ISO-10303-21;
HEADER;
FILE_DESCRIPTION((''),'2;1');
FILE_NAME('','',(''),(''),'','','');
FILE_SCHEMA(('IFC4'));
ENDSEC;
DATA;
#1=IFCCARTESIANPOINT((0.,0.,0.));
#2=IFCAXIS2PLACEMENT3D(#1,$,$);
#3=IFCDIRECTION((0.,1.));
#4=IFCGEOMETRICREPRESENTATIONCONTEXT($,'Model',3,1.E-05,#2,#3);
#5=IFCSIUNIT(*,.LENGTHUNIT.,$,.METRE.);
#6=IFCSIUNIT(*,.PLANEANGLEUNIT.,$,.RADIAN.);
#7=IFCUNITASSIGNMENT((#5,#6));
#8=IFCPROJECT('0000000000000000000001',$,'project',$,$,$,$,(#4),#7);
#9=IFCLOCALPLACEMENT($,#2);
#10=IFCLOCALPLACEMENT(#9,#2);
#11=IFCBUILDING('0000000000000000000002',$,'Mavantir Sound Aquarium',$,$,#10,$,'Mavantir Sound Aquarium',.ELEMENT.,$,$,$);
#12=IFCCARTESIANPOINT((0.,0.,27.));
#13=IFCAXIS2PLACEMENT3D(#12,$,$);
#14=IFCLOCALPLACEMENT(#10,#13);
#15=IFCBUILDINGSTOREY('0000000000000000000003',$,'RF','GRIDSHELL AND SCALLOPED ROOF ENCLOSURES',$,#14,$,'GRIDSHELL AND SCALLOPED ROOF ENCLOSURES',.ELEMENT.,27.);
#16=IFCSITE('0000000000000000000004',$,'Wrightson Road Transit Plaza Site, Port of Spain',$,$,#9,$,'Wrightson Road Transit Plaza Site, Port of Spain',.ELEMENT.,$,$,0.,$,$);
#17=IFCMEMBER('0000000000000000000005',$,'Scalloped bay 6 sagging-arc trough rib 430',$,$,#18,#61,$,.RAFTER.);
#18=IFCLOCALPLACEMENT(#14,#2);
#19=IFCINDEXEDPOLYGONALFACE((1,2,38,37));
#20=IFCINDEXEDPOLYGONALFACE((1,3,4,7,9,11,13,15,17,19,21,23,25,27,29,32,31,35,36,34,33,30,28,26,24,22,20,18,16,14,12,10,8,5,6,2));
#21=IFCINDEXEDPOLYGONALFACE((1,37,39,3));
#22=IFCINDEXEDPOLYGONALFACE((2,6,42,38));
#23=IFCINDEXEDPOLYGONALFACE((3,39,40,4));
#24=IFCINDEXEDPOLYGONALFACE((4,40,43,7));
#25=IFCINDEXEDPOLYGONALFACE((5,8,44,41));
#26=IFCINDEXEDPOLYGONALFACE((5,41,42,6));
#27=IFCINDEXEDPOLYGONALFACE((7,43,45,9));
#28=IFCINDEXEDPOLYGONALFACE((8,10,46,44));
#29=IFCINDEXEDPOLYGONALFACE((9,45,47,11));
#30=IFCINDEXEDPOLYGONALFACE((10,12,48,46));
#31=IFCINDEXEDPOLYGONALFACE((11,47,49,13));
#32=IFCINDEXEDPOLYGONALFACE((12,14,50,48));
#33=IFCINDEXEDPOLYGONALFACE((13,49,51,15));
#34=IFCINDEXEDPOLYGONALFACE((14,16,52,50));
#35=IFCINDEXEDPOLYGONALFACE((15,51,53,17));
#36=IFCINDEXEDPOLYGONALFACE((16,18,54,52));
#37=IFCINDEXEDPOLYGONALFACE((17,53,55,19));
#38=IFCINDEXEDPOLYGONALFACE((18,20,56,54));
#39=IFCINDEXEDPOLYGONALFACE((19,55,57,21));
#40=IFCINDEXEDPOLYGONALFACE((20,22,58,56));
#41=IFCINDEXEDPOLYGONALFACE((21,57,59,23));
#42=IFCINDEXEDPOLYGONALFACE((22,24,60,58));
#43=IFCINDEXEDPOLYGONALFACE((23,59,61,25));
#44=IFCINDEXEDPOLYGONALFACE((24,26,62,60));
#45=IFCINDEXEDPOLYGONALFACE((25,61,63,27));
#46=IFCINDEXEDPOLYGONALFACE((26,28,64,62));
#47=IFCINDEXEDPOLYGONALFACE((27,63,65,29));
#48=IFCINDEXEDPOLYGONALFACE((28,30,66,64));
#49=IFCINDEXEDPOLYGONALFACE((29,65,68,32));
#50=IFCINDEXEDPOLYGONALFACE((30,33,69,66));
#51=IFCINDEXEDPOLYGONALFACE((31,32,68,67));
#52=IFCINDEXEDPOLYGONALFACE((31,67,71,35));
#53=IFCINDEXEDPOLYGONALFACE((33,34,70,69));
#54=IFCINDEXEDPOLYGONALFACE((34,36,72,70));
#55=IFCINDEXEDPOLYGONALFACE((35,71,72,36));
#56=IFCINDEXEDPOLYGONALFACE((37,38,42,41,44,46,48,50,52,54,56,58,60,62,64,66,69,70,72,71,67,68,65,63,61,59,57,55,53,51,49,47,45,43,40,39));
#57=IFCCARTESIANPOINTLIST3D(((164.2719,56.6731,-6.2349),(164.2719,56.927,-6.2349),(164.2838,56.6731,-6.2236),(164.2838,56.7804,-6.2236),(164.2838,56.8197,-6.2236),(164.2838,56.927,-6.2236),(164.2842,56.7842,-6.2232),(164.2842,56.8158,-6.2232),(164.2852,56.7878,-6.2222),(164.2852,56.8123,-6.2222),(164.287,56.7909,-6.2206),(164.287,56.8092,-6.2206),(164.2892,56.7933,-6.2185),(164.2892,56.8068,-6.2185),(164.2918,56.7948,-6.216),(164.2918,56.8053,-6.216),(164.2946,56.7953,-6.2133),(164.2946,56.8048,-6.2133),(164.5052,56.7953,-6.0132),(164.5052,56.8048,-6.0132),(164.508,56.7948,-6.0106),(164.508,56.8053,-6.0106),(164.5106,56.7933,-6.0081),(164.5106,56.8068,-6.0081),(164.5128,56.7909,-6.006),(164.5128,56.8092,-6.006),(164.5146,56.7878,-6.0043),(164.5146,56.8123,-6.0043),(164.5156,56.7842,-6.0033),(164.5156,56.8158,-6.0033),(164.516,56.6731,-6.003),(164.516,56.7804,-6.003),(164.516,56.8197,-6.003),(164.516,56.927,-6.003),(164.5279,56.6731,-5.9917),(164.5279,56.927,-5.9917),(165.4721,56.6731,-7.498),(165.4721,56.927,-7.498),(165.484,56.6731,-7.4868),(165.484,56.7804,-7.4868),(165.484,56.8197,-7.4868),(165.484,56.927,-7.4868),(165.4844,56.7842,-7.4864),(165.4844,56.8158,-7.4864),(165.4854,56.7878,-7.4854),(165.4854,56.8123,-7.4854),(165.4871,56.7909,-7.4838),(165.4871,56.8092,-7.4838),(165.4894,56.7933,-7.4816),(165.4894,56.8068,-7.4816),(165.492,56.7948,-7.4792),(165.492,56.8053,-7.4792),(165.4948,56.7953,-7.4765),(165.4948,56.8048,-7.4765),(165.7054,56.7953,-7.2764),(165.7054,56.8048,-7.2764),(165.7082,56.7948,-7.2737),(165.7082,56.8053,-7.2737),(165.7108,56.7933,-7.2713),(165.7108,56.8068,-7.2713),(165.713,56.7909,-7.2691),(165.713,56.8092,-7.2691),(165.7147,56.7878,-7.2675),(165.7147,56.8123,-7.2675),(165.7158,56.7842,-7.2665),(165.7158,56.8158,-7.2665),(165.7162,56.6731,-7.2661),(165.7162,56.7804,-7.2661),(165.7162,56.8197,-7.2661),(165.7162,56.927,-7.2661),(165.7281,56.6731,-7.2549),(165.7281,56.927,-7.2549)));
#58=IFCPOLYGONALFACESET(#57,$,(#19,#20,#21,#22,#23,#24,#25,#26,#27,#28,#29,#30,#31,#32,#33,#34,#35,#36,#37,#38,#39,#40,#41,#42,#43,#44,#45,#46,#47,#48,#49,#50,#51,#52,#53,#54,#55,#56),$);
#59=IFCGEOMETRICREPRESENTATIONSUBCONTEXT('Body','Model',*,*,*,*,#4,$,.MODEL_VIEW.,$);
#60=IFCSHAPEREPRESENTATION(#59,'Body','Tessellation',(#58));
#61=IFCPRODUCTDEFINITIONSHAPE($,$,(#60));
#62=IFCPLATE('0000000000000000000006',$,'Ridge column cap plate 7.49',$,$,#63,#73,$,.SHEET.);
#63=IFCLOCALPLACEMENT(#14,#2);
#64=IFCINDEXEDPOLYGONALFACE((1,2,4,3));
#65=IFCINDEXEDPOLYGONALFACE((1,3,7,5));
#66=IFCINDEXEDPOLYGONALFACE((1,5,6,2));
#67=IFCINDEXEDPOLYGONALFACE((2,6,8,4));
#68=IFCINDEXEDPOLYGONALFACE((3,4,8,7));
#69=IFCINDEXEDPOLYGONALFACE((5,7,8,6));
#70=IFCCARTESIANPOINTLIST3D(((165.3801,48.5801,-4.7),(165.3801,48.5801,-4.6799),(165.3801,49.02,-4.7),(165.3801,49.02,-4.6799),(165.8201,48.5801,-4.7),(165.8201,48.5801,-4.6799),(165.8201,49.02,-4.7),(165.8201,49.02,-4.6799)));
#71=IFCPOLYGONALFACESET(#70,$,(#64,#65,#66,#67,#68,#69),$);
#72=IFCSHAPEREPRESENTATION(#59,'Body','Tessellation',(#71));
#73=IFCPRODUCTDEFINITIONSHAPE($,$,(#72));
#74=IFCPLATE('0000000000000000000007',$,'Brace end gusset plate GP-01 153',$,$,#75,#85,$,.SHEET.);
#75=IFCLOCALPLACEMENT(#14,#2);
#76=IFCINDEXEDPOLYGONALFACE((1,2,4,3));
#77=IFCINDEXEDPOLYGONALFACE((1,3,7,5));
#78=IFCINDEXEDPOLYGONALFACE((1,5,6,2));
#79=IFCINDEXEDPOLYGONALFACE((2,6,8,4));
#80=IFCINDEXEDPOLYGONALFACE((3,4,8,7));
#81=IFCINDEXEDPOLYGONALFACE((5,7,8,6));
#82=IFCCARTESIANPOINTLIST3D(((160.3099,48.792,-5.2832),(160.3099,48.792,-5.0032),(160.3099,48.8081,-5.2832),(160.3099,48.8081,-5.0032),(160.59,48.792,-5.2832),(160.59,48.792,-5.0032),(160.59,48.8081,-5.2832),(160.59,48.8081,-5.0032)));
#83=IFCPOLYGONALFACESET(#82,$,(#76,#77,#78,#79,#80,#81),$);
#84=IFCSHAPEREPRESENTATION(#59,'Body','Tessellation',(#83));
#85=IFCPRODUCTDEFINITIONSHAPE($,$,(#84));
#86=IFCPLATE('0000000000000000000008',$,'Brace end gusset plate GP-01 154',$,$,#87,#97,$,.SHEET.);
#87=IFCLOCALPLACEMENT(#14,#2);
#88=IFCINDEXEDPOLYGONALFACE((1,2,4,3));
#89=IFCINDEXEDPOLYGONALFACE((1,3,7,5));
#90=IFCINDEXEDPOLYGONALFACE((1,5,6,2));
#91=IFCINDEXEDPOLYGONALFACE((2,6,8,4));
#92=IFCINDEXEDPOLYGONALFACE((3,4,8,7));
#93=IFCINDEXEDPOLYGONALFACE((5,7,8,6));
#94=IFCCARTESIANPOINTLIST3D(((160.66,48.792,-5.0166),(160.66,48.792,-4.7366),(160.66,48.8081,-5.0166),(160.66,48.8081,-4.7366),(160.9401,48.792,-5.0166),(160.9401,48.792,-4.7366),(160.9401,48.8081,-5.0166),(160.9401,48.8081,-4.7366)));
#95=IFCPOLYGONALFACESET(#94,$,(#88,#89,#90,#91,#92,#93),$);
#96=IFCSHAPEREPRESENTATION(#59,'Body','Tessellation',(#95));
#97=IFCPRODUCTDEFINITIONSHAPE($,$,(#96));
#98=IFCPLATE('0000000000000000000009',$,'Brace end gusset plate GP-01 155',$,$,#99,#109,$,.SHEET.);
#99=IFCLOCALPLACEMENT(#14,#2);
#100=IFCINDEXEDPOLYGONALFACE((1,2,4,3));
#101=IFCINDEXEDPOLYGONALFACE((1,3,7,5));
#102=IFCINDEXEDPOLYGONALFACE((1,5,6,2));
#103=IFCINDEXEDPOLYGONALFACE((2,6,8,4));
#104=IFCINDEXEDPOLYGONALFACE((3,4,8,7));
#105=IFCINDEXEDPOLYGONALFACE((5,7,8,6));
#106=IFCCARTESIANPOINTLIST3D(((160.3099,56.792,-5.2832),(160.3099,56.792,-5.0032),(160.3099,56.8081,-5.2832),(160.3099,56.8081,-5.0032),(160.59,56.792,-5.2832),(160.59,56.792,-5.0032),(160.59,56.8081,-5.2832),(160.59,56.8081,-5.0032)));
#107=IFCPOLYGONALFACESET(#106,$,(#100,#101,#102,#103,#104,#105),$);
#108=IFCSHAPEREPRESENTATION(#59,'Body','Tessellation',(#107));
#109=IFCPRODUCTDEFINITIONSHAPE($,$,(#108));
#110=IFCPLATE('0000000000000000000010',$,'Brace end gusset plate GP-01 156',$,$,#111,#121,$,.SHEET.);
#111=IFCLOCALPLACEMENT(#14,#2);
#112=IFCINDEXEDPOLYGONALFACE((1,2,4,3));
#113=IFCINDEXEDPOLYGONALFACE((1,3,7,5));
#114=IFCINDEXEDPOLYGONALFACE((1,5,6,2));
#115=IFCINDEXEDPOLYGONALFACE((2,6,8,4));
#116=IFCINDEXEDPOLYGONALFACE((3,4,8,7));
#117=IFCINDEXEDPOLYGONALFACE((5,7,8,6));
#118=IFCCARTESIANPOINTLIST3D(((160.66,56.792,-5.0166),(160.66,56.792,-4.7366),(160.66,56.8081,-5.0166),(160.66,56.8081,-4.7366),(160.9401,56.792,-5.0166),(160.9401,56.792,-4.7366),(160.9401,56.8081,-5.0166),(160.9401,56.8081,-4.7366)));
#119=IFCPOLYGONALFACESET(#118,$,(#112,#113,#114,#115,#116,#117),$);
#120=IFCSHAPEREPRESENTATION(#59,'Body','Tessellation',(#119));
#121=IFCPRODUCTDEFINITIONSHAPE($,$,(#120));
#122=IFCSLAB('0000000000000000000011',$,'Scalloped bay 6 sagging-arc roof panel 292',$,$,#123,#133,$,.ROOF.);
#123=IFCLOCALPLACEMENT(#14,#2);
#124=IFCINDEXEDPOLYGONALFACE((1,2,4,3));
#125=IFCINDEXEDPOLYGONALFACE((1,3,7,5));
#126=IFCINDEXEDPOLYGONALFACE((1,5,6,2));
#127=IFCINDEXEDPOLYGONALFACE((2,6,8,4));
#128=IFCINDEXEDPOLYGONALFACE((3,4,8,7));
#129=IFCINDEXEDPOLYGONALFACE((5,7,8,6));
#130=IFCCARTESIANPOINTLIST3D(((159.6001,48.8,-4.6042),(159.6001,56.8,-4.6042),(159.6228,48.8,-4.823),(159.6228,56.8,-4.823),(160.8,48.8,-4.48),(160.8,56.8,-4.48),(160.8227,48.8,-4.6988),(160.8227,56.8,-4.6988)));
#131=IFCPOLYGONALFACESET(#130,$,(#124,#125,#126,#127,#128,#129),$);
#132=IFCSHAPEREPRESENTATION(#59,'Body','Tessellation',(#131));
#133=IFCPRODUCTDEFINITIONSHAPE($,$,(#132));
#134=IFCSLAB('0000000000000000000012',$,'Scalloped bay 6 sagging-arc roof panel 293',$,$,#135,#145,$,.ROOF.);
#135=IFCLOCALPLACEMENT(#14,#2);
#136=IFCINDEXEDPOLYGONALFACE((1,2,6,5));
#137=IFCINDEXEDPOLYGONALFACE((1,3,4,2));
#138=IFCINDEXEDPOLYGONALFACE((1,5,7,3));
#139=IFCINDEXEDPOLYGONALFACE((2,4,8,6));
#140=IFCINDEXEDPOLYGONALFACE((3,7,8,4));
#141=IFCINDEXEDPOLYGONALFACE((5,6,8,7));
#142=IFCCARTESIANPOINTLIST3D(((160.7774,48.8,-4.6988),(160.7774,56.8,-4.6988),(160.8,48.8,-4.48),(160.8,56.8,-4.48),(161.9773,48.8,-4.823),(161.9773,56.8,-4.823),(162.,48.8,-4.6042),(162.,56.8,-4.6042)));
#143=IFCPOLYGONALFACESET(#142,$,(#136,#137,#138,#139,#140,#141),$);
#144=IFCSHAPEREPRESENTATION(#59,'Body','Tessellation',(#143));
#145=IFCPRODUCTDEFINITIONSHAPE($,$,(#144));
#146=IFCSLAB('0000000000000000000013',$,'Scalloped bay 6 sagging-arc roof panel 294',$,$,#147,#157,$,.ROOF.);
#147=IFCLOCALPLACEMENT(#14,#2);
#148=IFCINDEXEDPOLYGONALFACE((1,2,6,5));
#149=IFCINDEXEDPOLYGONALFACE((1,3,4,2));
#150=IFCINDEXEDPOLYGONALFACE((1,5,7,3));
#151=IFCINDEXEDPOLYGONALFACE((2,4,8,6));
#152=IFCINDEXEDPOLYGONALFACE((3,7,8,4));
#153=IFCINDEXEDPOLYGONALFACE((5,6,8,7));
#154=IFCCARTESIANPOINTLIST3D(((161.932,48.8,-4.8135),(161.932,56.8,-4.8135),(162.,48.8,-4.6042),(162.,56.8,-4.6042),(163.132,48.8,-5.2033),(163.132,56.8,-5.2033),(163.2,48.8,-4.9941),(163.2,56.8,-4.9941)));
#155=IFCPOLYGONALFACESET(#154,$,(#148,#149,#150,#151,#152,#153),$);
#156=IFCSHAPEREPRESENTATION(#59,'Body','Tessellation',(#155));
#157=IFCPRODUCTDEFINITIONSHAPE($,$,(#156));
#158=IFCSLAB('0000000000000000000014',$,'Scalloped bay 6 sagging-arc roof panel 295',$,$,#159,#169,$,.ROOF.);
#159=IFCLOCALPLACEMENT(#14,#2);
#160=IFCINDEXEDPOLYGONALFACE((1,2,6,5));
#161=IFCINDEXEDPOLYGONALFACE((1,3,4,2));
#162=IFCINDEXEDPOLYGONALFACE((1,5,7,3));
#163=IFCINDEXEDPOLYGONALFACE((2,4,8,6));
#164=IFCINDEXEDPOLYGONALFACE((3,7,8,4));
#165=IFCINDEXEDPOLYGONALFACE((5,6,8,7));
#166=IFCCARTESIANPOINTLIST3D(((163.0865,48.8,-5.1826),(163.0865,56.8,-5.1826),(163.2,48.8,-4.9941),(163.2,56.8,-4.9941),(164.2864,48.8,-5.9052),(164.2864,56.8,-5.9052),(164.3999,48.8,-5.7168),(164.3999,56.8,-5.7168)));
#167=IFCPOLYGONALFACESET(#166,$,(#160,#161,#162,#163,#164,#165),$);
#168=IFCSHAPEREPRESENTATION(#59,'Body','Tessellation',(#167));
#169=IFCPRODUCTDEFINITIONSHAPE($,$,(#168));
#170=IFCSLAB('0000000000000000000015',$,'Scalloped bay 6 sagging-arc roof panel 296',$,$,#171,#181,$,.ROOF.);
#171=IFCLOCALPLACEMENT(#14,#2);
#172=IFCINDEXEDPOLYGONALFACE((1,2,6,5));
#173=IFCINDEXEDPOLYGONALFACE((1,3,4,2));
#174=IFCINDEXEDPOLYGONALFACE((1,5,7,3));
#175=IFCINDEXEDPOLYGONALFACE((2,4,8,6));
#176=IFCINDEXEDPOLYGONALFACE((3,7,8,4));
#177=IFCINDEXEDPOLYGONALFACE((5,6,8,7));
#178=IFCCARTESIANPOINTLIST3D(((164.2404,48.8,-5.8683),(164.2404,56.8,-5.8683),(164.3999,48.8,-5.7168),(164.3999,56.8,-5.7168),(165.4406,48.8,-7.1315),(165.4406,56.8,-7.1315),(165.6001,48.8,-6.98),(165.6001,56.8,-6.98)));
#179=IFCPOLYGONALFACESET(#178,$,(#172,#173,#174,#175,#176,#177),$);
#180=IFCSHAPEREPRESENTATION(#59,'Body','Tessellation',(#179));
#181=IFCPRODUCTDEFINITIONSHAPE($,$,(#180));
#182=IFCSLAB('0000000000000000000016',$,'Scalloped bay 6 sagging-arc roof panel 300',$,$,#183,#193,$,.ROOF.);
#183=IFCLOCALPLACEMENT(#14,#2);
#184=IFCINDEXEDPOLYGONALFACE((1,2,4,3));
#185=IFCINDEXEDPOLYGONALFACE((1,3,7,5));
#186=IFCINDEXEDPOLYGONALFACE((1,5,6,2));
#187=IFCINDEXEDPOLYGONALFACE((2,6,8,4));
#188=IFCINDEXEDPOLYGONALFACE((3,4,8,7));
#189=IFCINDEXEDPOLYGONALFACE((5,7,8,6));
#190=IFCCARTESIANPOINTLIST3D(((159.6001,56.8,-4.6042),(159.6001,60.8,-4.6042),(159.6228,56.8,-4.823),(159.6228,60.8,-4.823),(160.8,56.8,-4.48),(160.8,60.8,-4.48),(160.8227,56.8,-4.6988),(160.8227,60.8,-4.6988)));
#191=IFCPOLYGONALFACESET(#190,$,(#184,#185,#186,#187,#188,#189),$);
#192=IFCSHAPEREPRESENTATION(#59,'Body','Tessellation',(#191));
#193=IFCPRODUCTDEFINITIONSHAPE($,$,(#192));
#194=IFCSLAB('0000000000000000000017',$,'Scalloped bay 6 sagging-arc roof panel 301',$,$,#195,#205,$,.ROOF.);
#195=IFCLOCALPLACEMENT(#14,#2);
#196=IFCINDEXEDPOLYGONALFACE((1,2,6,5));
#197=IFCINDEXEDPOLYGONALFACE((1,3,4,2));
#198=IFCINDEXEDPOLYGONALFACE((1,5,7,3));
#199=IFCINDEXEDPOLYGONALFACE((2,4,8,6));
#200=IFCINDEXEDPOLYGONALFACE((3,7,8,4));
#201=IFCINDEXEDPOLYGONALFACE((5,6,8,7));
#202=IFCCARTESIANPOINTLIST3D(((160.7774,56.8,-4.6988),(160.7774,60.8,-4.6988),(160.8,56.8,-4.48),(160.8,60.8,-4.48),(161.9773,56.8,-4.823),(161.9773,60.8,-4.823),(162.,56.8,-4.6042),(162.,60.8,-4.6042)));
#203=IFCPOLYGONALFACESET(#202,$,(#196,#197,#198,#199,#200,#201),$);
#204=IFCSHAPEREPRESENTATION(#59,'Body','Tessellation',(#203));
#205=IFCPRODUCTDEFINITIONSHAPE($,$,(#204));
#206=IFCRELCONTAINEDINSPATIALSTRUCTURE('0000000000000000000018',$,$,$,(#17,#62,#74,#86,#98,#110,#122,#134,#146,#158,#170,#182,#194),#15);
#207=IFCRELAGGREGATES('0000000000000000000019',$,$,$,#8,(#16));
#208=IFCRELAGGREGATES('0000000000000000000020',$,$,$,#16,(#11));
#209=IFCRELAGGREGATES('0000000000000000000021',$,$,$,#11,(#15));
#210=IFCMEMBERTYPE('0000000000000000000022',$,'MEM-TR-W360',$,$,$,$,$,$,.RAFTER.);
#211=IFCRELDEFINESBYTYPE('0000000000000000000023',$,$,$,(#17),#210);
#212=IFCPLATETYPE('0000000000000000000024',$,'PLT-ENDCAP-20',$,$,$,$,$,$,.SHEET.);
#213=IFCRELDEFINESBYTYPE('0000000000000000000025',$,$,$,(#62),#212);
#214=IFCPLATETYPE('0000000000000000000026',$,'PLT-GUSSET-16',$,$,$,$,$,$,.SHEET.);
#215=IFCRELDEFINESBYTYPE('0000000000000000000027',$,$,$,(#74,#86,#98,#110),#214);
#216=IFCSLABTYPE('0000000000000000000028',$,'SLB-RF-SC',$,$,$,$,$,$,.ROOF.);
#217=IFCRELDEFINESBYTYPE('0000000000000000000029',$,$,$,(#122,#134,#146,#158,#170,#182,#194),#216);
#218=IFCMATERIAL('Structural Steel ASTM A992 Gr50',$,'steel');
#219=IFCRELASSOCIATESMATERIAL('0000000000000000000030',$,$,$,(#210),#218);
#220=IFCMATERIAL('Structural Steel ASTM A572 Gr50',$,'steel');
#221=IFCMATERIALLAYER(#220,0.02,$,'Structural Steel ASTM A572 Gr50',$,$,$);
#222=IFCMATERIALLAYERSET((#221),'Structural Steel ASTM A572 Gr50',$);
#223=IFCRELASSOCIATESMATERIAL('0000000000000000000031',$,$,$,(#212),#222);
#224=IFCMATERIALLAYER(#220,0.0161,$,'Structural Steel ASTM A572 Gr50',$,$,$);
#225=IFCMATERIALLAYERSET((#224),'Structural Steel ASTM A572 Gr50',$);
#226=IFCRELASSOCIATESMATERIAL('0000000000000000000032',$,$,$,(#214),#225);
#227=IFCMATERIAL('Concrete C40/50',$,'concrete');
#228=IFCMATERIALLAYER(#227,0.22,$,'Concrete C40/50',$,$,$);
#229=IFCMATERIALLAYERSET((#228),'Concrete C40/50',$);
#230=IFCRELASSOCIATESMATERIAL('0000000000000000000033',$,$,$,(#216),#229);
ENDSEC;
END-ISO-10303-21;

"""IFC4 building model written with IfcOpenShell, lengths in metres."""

from ifc_helpers import new_model, si_unit, direction, frame, origin, origin_2d, place, context, subcontext, project, spatial, polyline, rectangle, i_section, outline, extrude, material, layer, layer_set, material_profile, profile_set, type_object, element, save


model = new_model("IFC4")

# Units and contexts
model_context = context("Model", 3, precision=1e-05, world=origin(), true_north=direction((0.0, 1.0)))
body_context = subcontext(model_context, "Body", "Model", "MODEL_VIEW")
ifc_project = project(units=[si_unit("LENGTHUNIT", "METRE"), si_unit("PLANEANGLEUNIT", "RADIAN")], contexts=[model_context])

# Site, building, storey
site_placement = place(None, origin())
site = spatial("IfcSite", under=ifc_project, at=site_placement, Name="Wrightson Road Transit Plaza Site, Port of Spain", LongName="Wrightson Road Transit Plaza Site, Port of Spain", CompositionType="ELEMENT", RefElevation=0.0)
building_placement = place(site_placement, origin())
building = spatial("IfcBuilding", under=site, at=building_placement, Name="Mavantir Sound Aquarium", LongName="Mavantir Sound Aquarium", CompositionType="ELEMENT")
storey_placement = place(building_placement, frame((0.0, 0.0, 27.0)))
storey = spatial("IfcBuildingStorey", under=building, at=storey_placement, Name="RF", Description="GRIDSHELL AND SCALLOPED ROOF ENCLOSURES", LongName="GRIDSHELL AND SCALLOPED ROOF ENCLOSURES", CompositionType="ELEMENT", Elevation=27.0)

# Shared definitions
ifc_material_1 = material(Name="Concrete C40/50", Category="concrete")

# Member
ifc_material_2 = material(Name="Structural Steel ASTM A992 Gr50", Category="steel")
ifc_material_profile_1 = material_profile(ifc_material_2, i_section(OverallWidth=0.2539, OverallDepth=0.353, WebThickness=0.0095, FlangeThickness=0.0164, FilletRadius=0.0149, at=origin_2d()), Name="W360X91")
ifc_profile_set_1 = profile_set([ifc_material_profile_1], Name="Structural Steel ASTM A992 Gr50")
member_type_1 = type_object("IfcMemberType", Name="MEM-TR-W360", PredefinedType="RAFTER", material=ifc_profile_set_1)
member_1_placement = place(storey_placement, frame((164.3999, 56.8, -6.1133), z_axis=(0.688801, 0.0, -0.72495), x_axis=(0.0, 1.0, 0.0)))
element("IfcMember", 1, at=member_1_placement, inside=storey, type_object=member_type_1, Name="Scalloped bay 6 sagging-arc trough rib 430", PredefinedType="RAFTER", context=body_context, shape_type="SweptSolid", body=[
    extrude(i_section(OverallWidth=0.2539, OverallDepth=0.353, WebThickness=0.0095, FlangeThickness=0.0164, FilletRadius=0.0149, at=origin_2d()), origin(), (0.0, 0.0, 1.0), 1.7424),
])

# Plates
ifc_material_3 = material(Name="Structural Steel ASTM A572 Gr50", Category="steel")
ifc_layer_1 = layer(ifc_material_3, 0.02, Name="Structural Steel ASTM A572 Gr50")
ifc_layer_set_1 = layer_set([ifc_layer_1], Name="Structural Steel ASTM A572 Gr50")
plate_type_1 = type_object("IfcPlateType", Name="PLT-ENDCAP-20", PredefinedType="SHEET", material=ifc_layer_set_1)
plate_placement = place(storey_placement, frame((165.6001, 48.8, -4.7), z_axis=(0.0, 0.0, 1.0), x_axis=(1.0, 0.0, 0.0)))
element("IfcPlate", 2, at=plate_placement, inside=storey, type_object=plate_type_1, Name="Ridge column cap plate 7.49", PredefinedType="SHEET", context=body_context, shape_type="SweptSolid", body=[
    extrude(rectangle(XDim=0.4399, YDim=0.4399, at=origin_2d()), origin(), (0.0, 0.0, 1.0), 0.02),
])
ifc_layer_2 = layer(ifc_material_3, 0.0161, Name="Structural Steel ASTM A572 Gr50")
ifc_layer_set_2 = layer_set([ifc_layer_2], Name="Structural Steel ASTM A572 Gr50")
plate_type_2 = type_object("IfcPlateType", Name="PLT-GUSSET-16", PredefinedType="SHEET", material=ifc_layer_set_2)
for number, where, z_axis, x_axis, name in (
    (3, (160.45, 48.8, -5.2832), (0.0, 0.0, 1.0), (1.0, 0.0, 0.0), "Brace end gusset plate GP-01 153"),
    (4, (160.8, 48.8, -5.0166), (0.0, 0.0, 1.0), (1.0, 0.0, 0.0), "Brace end gusset plate GP-01 154"),
    (5, (160.45, 56.8, -5.2832), (0.0, 0.0, 1.0), (1.0, 0.0, 0.0), "Brace end gusset plate GP-01 155"),
    (6, (160.8, 56.8, -5.0166), (0.0, 0.0, 1.0), (1.0, 0.0, 0.0), "Brace end gusset plate GP-01 156"),
):
    element("IfcPlate", number, at=place(storey_placement, frame(where, z_axis=z_axis, x_axis=x_axis)), inside=storey, type_object=plate_type_2, Name=name, PredefinedType="SHEET", context=body_context, shape_type="SweptSolid", body=[
        extrude(rectangle(XDim=0.28, YDim=0.0161, at=origin_2d()), origin(), (0.0, 0.0, 1.0), 0.28),
    ])

# Slabs
ifc_layer_3 = layer(ifc_material_1, 0.22, Name="Concrete C40/50")
ifc_layer_set_3 = layer_set([ifc_layer_3], Name="Concrete C40/50")
slab_type = type_object("IfcSlabType", Name="SLB-RF-SC", PredefinedType="ROOF", material=ifc_layer_set_3)
for number, where, z_axis, x_axis, name in (
    (7, (159.6001, 48.8, -4.6042), (-0.10301, 0.0, 0.99468), (0.99468, 0.0, 0.10301), "Scalloped bay 6 sagging-arc roof panel 292"),
    (8, (160.8, 48.8, -4.48), (0.10301, 0.0, 0.99468), (0.99468, 0.0, -0.10301), "Scalloped bay 6 sagging-arc roof panel 293"),
):
    element("IfcSlab", number, at=place(storey_placement, frame(where, z_axis=z_axis, x_axis=x_axis)), inside=storey, type_object=slab_type, Name=name, PredefinedType="ROOF", context=body_context, shape_type="SweptSolid", body=[
        extrude(outline(polyline([(0.0, 0.0), (1.2064, 0.0), (1.2064, 8.0), (0.0, 8.0), (0.0, 0.0)])), origin(), (0.0, 0.0, -1.0), 0.22),
    ])
slab_1_placement = place(storey_placement, frame((162.0, 48.8, -4.6042), z_axis=(0.30902, 0.0, 0.951055), x_axis=(0.951055, 0.0, -0.30902)))
element("IfcSlab", 9, at=slab_1_placement, inside=storey, type_object=slab_type, Name="Scalloped bay 6 sagging-arc roof panel 294", PredefinedType="ROOF", context=body_context, shape_type="SweptSolid", body=[
    extrude(outline(polyline([(0.0, 0.0), (1.2617, 0.0), (1.2617, 8.0), (0.0, 8.0), (0.0, 0.0)])), origin(), (0.0, 0.0, -1.0), 0.22),
])
slab_2_placement = place(storey_placement, frame((163.2, 48.8, -4.9941), z_axis=(0.515905, 0.0, 0.856646), x_axis=(0.856646, 0.0, -0.515905)))
element("IfcSlab", 10, at=slab_2_placement, inside=storey, type_object=slab_type, Name="Scalloped bay 6 sagging-arc roof panel 295", PredefinedType="ROOF", context=body_context, shape_type="SweptSolid", body=[
    extrude(outline(polyline([(0.0, 0.0), (1.4008, 0.0), (1.4008, 8.0), (0.0, 8.0), (0.0, 0.0)])), origin(), (0.0, 0.0, -1.0), 0.22),
])
slab_3_placement = place(storey_placement, frame((164.3999, 48.8, -5.7168), z_axis=(0.72495, 0.0, 0.688801), x_axis=(0.688801, 0.0, -0.72495)))
element("IfcSlab", 11, at=slab_3_placement, inside=storey, type_object=slab_type, Name="Scalloped bay 6 sagging-arc roof panel 296", PredefinedType="ROOF", context=body_context, shape_type="SweptSolid", body=[
    extrude(outline(polyline([(0.0, 0.0), (1.7424, 0.0), (1.7424, 8.0), (0.0, 8.0), (0.0, 0.0)])), origin(), (0.0, 0.0, -1.0), 0.22),
])
for number, where, z_axis, x_axis, name in (
    (12, (159.6001, 56.8, -4.6042), (-0.10301, 0.0, 0.99468), (0.99468, 0.0, 0.10301), "Scalloped bay 6 sagging-arc roof panel 300"),
    (13, (160.8, 56.8, -4.48), (0.10301, 0.0, 0.99468), (0.99468, 0.0, -0.10301), "Scalloped bay 6 sagging-arc roof panel 301"),
):
    element("IfcSlab", number, at=place(storey_placement, frame(where, z_axis=z_axis, x_axis=x_axis)), inside=storey, type_object=slab_type, Name=name, PredefinedType="ROOF", context=body_context, shape_type="SweptSolid", body=[
        extrude(outline(polyline([(0.0, 0.0), (1.2064, 0.0), (1.2064, 4.0), (0.0, 4.0), (0.0, 0.0)])), origin(), (0.0, 0.0, -1.0), 0.22),
    ])

save(model, "model.ifc")
